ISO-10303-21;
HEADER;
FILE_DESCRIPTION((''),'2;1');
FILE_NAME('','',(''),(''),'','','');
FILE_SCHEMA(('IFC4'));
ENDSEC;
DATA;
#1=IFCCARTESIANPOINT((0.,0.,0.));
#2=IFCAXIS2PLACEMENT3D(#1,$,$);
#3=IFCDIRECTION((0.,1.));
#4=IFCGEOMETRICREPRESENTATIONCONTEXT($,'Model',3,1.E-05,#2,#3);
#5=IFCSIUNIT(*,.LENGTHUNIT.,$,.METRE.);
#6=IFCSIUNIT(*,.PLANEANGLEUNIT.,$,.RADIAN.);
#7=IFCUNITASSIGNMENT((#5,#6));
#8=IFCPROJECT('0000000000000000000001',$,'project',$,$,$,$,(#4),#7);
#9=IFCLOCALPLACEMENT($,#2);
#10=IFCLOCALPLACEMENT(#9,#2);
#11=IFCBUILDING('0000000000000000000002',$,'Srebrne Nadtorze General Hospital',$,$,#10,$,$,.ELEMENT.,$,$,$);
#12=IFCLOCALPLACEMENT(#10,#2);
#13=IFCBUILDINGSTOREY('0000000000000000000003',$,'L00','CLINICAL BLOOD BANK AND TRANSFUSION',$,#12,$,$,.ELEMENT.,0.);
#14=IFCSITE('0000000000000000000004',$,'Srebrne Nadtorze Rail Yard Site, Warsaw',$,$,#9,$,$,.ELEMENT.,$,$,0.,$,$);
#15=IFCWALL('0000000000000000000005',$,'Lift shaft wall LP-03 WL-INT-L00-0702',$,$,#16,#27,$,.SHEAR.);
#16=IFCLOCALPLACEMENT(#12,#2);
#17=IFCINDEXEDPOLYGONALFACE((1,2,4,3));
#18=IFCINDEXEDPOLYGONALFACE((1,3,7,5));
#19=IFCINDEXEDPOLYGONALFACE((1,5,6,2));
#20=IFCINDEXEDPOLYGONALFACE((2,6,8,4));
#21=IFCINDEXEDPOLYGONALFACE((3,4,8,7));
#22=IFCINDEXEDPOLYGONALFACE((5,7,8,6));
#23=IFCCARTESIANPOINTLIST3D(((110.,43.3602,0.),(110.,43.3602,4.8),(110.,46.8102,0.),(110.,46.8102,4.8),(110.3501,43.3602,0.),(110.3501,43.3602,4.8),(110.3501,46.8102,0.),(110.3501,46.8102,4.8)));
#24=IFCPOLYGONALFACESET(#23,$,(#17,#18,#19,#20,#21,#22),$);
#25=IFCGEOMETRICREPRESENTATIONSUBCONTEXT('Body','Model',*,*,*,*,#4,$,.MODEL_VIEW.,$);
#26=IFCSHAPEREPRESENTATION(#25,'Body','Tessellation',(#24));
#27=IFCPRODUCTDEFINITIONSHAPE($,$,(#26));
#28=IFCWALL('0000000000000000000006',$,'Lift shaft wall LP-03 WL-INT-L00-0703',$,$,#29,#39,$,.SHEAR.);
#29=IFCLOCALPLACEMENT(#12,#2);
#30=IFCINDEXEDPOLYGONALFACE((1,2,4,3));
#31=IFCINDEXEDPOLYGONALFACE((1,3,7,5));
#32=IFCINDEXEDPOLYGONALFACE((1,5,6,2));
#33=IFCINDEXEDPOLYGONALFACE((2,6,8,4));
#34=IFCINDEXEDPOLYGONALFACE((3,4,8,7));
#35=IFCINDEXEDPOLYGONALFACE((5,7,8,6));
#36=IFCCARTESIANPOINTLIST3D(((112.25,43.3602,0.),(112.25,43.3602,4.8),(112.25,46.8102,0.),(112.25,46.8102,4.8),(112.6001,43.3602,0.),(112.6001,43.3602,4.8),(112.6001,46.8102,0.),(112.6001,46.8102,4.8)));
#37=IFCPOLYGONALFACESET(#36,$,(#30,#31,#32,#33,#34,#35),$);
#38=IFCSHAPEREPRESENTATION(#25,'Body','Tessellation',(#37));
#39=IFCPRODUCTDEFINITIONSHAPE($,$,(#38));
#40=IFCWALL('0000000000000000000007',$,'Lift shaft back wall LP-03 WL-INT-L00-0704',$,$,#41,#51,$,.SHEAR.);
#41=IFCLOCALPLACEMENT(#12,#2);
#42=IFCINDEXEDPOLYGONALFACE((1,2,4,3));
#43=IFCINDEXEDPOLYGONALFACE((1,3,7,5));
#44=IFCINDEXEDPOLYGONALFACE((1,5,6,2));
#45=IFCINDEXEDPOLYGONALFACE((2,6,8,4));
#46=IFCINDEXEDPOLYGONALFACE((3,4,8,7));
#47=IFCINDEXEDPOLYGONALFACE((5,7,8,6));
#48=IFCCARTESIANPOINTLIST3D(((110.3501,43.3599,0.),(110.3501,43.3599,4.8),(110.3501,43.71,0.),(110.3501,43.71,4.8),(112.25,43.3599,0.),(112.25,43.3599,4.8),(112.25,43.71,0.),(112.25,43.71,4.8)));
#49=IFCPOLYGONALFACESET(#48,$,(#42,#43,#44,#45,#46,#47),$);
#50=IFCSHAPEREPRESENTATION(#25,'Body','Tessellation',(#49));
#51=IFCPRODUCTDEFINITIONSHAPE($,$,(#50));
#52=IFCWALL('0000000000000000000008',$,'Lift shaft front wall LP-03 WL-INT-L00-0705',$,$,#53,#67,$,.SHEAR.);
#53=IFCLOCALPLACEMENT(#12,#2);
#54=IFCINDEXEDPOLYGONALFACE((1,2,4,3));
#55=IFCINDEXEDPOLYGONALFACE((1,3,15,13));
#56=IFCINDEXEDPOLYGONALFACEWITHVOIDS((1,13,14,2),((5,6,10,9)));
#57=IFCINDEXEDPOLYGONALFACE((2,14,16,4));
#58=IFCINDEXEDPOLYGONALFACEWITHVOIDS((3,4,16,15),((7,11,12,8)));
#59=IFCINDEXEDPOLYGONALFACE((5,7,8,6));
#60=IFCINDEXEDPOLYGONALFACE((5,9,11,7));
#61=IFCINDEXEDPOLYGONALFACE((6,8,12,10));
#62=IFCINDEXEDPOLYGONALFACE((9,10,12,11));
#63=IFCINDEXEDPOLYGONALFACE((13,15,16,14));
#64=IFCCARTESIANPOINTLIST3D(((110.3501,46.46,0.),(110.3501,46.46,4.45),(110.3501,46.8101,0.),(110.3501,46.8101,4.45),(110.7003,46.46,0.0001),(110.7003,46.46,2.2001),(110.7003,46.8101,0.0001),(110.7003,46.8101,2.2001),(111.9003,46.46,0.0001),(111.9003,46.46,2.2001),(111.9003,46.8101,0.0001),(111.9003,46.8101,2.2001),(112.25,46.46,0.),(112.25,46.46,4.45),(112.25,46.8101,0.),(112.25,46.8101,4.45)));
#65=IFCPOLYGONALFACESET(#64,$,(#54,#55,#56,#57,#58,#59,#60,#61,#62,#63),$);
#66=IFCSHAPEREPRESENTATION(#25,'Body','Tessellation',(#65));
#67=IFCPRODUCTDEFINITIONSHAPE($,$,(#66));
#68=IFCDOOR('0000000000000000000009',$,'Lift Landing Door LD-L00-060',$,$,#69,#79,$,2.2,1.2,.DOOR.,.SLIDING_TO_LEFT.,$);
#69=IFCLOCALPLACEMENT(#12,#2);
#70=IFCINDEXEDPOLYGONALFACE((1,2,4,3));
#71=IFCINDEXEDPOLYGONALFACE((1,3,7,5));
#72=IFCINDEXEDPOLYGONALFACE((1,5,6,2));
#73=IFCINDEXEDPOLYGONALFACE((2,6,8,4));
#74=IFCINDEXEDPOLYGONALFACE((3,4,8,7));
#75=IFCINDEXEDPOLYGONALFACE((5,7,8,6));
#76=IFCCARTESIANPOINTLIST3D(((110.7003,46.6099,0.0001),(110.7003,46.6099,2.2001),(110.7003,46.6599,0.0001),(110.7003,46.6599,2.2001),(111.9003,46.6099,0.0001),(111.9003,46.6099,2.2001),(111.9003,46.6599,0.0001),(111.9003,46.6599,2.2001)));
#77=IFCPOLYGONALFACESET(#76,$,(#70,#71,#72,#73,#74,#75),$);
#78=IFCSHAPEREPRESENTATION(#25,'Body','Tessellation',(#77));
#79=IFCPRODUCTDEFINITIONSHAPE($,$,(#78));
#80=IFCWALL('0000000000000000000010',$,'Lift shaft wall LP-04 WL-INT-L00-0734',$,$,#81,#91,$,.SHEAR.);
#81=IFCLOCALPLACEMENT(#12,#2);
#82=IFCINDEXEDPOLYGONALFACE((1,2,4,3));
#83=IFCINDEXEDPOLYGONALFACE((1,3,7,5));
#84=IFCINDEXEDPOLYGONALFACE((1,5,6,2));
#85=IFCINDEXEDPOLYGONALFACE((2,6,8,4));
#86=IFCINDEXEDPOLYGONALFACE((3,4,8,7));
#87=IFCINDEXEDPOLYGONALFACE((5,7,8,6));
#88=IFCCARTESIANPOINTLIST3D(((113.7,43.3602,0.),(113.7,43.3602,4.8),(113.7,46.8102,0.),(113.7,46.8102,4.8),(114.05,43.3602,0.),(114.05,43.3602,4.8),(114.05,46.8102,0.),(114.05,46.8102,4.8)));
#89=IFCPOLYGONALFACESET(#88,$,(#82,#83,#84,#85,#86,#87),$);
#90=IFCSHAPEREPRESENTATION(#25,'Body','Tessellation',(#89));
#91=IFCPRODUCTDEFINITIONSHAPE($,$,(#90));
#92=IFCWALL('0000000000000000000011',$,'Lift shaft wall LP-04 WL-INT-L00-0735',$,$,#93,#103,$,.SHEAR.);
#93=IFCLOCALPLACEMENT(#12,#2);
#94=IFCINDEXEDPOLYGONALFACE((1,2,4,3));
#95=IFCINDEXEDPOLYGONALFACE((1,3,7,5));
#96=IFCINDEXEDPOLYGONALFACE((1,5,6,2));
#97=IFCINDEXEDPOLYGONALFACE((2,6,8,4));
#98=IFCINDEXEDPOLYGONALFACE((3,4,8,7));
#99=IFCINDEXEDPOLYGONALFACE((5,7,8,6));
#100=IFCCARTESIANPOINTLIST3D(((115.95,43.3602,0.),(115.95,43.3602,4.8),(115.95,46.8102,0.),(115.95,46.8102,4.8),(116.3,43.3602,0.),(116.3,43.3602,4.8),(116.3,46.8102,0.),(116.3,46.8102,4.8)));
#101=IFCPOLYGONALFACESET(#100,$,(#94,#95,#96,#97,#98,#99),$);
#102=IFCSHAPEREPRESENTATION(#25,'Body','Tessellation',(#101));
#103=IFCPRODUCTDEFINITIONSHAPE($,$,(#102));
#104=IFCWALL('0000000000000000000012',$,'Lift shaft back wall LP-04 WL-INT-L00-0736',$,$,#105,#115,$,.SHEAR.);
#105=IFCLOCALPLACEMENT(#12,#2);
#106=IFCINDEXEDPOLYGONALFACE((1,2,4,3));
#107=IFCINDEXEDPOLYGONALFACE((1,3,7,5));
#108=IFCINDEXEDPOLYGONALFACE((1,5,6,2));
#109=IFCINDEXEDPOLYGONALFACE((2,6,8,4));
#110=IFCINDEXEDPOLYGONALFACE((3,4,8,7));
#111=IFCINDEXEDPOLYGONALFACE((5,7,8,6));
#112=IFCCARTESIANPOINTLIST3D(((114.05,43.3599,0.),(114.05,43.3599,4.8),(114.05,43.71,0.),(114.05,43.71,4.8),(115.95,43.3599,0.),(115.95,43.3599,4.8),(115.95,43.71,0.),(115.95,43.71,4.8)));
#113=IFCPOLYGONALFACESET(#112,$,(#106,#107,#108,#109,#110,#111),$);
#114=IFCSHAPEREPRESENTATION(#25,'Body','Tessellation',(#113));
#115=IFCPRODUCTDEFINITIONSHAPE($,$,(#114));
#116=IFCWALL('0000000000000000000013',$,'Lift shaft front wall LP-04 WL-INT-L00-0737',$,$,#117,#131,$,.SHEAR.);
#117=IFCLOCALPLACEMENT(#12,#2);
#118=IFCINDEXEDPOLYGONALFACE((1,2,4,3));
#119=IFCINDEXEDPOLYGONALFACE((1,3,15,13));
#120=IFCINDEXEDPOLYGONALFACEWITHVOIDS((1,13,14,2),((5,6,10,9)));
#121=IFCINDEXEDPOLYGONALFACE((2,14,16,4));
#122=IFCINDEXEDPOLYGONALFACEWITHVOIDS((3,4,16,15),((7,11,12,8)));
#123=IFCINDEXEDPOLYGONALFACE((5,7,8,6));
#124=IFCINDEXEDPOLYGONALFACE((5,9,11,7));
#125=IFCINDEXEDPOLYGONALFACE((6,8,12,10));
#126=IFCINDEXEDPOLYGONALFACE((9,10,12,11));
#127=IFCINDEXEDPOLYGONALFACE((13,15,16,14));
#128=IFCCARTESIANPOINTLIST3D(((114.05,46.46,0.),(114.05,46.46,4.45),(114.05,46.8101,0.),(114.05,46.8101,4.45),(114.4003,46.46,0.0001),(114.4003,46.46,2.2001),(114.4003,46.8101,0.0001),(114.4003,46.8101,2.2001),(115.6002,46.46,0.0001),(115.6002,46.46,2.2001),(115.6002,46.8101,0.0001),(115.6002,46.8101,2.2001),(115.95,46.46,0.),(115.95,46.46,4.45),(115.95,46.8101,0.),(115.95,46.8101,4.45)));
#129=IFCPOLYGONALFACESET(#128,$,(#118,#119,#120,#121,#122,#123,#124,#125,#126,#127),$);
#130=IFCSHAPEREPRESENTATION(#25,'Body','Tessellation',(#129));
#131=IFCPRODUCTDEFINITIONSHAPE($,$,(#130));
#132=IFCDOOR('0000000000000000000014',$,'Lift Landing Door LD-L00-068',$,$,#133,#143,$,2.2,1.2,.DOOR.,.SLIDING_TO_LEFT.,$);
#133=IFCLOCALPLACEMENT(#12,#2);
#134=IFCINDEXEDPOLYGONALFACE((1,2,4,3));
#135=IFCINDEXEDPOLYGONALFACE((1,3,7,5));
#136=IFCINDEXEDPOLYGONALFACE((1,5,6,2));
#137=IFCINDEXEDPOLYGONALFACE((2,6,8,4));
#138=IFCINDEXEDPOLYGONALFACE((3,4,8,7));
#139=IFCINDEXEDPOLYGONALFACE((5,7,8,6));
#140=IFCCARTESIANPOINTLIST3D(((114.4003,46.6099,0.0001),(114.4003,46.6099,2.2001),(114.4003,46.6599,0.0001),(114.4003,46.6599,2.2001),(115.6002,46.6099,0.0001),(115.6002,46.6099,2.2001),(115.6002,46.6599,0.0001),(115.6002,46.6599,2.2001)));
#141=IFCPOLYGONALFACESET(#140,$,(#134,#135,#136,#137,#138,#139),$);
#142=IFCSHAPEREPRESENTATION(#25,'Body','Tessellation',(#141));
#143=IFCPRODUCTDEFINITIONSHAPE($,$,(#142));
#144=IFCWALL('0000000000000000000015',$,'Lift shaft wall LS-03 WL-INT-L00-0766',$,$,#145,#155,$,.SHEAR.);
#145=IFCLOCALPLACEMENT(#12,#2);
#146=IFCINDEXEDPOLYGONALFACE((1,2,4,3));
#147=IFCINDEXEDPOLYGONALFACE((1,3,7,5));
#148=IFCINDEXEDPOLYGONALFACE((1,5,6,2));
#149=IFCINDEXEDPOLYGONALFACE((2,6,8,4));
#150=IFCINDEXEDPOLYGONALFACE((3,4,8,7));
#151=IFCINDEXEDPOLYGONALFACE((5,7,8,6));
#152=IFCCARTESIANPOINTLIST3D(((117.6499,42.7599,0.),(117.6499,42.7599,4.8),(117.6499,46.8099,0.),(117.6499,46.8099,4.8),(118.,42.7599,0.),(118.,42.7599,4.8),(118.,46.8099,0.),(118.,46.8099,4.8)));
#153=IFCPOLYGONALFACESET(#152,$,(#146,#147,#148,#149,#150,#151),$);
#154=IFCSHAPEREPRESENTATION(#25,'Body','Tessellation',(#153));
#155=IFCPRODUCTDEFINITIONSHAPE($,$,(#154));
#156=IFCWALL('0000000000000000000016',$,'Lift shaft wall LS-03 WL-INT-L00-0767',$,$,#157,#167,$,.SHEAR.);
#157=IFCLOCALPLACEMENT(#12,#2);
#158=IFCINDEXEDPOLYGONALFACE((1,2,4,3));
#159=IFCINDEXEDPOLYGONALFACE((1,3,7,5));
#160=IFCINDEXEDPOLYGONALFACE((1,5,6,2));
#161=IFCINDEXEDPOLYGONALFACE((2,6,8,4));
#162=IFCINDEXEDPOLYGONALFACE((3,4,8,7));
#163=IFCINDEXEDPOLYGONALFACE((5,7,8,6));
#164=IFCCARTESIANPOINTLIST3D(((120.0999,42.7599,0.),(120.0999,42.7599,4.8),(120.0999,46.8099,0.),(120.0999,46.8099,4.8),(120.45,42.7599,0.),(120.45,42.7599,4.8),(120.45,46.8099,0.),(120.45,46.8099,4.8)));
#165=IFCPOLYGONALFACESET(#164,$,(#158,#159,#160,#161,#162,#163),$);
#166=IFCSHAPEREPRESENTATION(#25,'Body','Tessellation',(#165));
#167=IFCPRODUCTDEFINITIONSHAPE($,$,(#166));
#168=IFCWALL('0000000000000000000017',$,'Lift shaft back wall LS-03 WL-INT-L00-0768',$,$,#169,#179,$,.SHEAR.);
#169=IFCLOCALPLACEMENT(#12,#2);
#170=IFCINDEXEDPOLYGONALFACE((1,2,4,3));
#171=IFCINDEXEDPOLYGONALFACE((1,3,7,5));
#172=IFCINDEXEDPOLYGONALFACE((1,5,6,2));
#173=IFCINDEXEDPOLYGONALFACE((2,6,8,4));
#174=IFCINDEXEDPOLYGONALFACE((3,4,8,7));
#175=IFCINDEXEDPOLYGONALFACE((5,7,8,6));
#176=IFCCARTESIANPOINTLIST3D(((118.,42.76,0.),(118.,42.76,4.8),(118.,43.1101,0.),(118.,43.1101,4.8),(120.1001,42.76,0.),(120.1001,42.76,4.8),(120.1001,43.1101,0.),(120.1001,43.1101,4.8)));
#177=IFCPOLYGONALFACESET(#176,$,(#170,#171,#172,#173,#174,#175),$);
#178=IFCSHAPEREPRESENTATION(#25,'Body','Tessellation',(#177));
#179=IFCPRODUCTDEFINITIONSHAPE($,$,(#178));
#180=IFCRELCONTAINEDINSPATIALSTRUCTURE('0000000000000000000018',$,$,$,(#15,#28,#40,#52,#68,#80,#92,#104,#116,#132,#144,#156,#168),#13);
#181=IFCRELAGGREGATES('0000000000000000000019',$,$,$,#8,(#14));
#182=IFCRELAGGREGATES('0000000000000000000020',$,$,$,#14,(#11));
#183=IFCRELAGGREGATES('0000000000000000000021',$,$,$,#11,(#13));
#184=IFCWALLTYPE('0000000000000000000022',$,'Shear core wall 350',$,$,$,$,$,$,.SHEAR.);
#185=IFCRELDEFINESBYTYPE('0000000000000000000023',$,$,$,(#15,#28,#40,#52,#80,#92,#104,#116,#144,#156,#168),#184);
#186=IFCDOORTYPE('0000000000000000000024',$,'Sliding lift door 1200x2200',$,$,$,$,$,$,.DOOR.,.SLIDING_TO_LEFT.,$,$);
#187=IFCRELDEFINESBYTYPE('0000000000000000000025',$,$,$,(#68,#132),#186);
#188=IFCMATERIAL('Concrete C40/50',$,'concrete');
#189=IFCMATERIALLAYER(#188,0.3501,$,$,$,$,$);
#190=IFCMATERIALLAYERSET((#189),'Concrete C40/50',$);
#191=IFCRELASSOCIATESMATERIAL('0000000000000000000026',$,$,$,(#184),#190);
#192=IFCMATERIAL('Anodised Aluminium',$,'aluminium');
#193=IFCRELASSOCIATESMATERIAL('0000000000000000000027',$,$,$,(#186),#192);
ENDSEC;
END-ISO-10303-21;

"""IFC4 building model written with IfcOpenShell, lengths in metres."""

from ifc_helpers import new_model, si_unit, direction, frame, frame_2d, origin, place, context, subcontext, project, spatial, rectangle, extrude, material, layer, layer_set, type_object, element, fill, save


model = new_model("IFC4")

# Units and contexts
model_context = context("Model", 3, precision=1e-05, world=origin(), true_north=direction((0.0, 1.0)))
body_context = subcontext(model_context, "Body", "Model", "MODEL_VIEW")
ifc_project = project(units=[si_unit("LENGTHUNIT", "METRE"), si_unit("PLANEANGLEUNIT", "RADIAN")], contexts=[model_context])

# Site, building, storey
site_placement = place(None, origin())
site = spatial("IfcSite", under=ifc_project, at=site_placement, Name="Srebrne Nadtorze Rail Yard Site, Warsaw", CompositionType="ELEMENT", RefElevation=0.0)
building_placement = place(site_placement, origin())
building = spatial("IfcBuilding", under=site, at=building_placement, Name="Srebrne Nadtorze General Hospital", CompositionType="ELEMENT")
storey_placement = place(building_placement, origin())
storey = spatial("IfcBuildingStorey", under=building, at=storey_placement, Name="L00", Description="CLINICAL BLOOD BANK AND TRANSFUSION", CompositionType="ELEMENT", Elevation=0.0)

# Walls
ifc_material_1 = material(Name="Concrete C40/50", Category="concrete")
ifc_layer_1 = layer(ifc_material_1, 0.3501)
ifc_layer_set_1 = layer_set([ifc_layer_1], Name="Concrete C40/50")
wall_type_1 = type_object("IfcWallType", Name="Shear core wall 350", PredefinedType="SHEAR", material=ifc_layer_set_1)
for number, where, z_axis, x_axis, name in (
    (1, (110.175, 43.3601, 0.0), (0.0, 0.0, 1.0), (0.0, 1.0, 0.0), "Lift shaft wall LP-03 WL-INT-L00-0702"),
    (2, (112.425, 43.3601, 0.0), (0.0, 0.0, 1.0), (0.0, 1.0, 0.0), "Lift shaft wall LP-03 WL-INT-L00-0703"),
):
    element("IfcWall", number, at=place(storey_placement, frame(where, z_axis=z_axis, x_axis=x_axis)), inside=storey, type_object=wall_type_1, Name=name, PredefinedType="SHEAR", context=body_context, shape_type="SweptSolid", body=[
        extrude(rectangle(XDim=3.45, YDim=0.3501, at=frame_2d((1.7251, 0.0))), origin(), (0.0, 0.0, 1.0), 4.8),
    ])
wall_1_placement = place(storey_placement, frame((110.3501, 43.5349, 0.0), z_axis=(0.0, 0.0, 1.0), x_axis=(1.0, 0.0, 0.0)))
element("IfcWall", 3, at=wall_1_placement, inside=storey, type_object=wall_type_1, Name="Lift shaft back wall LP-03 WL-INT-L00-0704", PredefinedType="SHEAR", context=body_context, shape_type="SweptSolid", body=[
    extrude(rectangle(XDim=1.8999, YDim=0.3501, at=frame_2d((0.95, 0.0))), origin(), (0.0, 0.0, 1.0), 4.8),
])

# Wall, opening, door
wall_2_placement = place(storey_placement, frame((110.3501, 46.635, 0.0), z_axis=(0.0, 0.0, 1.0), x_axis=(1.0, 0.0, 0.0)))
wall_2 = element("IfcWall", 4, at=wall_2_placement, inside=storey, type_object=wall_type_1, Name="Lift shaft front wall LP-03 WL-INT-L00-0705", PredefinedType="SHEAR", context=body_context, shape_type="SweptSolid", body=[
    extrude(rectangle(XDim=1.8999, YDim=0.3501, at=frame_2d((0.95, 0.0))), origin(), (0.0, 0.0, 1.0), 4.45),
])
opening_1_placement = place(wall_2_placement, frame((0.3501, 0.0, 0.0)))
opening_1 = element("IfcOpeningElement", 5, at=opening_1_placement, cuts=wall_2, PredefinedType="OPENING", context=body_context, shape_type="SweptSolid", body=[
    extrude(rectangle(XDim=1.2, YDim=2.2, at=frame_2d((0.6001, 1.1001))), frame((0.0, 0.187, 0.0), z_axis=(0.0, -1.0, 0.0), x_axis=(1.0, 0.0, 0.0)), (0.0, 0.0, 1.0), 0.374),
])
ifc_material_2 = material(Name="Anodised Aluminium", Category="aluminium")
door_type_1 = type_object("IfcDoorType", Name="Sliding lift door 1200x2200", OperationType="SLIDING_TO_LEFT", PredefinedType="DOOR", material=ifc_material_2)
door_1_placement = place(opening_1_placement, origin())
door_1 = element("IfcDoor", 6, at=door_1_placement, inside=storey, type_object=door_type_1, Name="Lift Landing Door LD-L00-060", OperationType="SLIDING_TO_LEFT", OverallHeight=2.2, OverallWidth=1.2, PredefinedType="DOOR", context=body_context, shape_type="SweptSolid", body=[
    extrude(rectangle(XDim=1.2, YDim=2.2, at=frame_2d((0.6001, 1.1001))), frame((0.0, 0.0249, 0.0), z_axis=(0.0, -1.0, 0.0), x_axis=(1.0, 0.0, 0.0)), (0.0, 0.0, 1.0), 0.05),
])
fill(opening_1, door_1)

# Walls
for number, where, z_axis, x_axis, name in (
    (7, (113.875, 43.3601, 0.0), (0.0, 0.0, 1.0), (0.0, 1.0, 0.0), "Lift shaft wall LP-04 WL-INT-L00-0734"),
    (8, (116.125, 43.3601, 0.0), (0.0, 0.0, 1.0), (0.0, 1.0, 0.0), "Lift shaft wall LP-04 WL-INT-L00-0735"),
):
    element("IfcWall", number, at=place(storey_placement, frame(where, z_axis=z_axis, x_axis=x_axis)), inside=storey, type_object=wall_type_1, Name=name, PredefinedType="SHEAR", context=body_context, shape_type="SweptSolid", body=[
        extrude(rectangle(XDim=3.45, YDim=0.3501, at=frame_2d((1.7251, 0.0))), origin(), (0.0, 0.0, 1.0), 4.8),
    ])
wall_3_placement = place(storey_placement, frame((114.05, 43.5349, 0.0), z_axis=(0.0, 0.0, 1.0), x_axis=(1.0, 0.0, 0.0)))
element("IfcWall", 9, at=wall_3_placement, inside=storey, type_object=wall_type_1, Name="Lift shaft back wall LP-04 WL-INT-L00-0736", PredefinedType="SHEAR", context=body_context, shape_type="SweptSolid", body=[
    extrude(rectangle(XDim=1.8999, YDim=0.3501, at=frame_2d((0.95, 0.0))), origin(), (0.0, 0.0, 1.0), 4.8),
])

# Wall, opening, door
wall_4_placement = place(storey_placement, frame((114.05, 46.635, 0.0), z_axis=(0.0, 0.0, 1.0), x_axis=(1.0, 0.0, 0.0)))
wall_4 = element("IfcWall", 10, at=wall_4_placement, inside=storey, type_object=wall_type_1, Name="Lift shaft front wall LP-04 WL-INT-L00-0737", PredefinedType="SHEAR", context=body_context, shape_type="SweptSolid", body=[
    extrude(rectangle(XDim=1.8999, YDim=0.3501, at=frame_2d((0.95, 0.0))), origin(), (0.0, 0.0, 1.0), 4.45),
])
opening_2_placement = place(wall_4_placement, frame((0.3501, 0.0, 0.0)))
opening_2 = element("IfcOpeningElement", 11, at=opening_2_placement, cuts=wall_4, PredefinedType="OPENING", context=body_context, shape_type="SweptSolid", body=[
    extrude(rectangle(XDim=1.2, YDim=2.2, at=frame_2d((0.6001, 1.1001))), frame((0.0, 0.187, 0.0), z_axis=(0.0, -1.0, 0.0), x_axis=(1.0, 0.0, 0.0)), (0.0, 0.0, 1.0), 0.374),
])
door_2_placement = place(opening_2_placement, origin())
door_2 = element("IfcDoor", 12, at=door_2_placement, inside=storey, type_object=door_type_1, Name="Lift Landing Door LD-L00-068", OperationType="SLIDING_TO_LEFT", OverallHeight=2.2, OverallWidth=1.2, PredefinedType="DOOR", context=body_context, shape_type="SweptSolid", body=[
    extrude(rectangle(XDim=1.2, YDim=2.2, at=frame_2d((0.6001, 1.1001))), frame((0.0, 0.0249, 0.0), z_axis=(0.0, -1.0, 0.0), x_axis=(1.0, 0.0, 0.0)), (0.0, 0.0, 1.0), 0.05),
])
fill(opening_2, door_2)

# Walls
for number, where, z_axis, x_axis, name in (
    (13, (117.825, 42.76, 0.0), (0.0, 0.0, 1.0), (0.0, 1.0, 0.0), "Lift shaft wall LS-03 WL-INT-L00-0766"),
    (14, (120.2749, 42.76, 0.0), (0.0, 0.0, 1.0), (0.0, 1.0, 0.0), "Lift shaft wall LS-03 WL-INT-L00-0767"),
):
    element("IfcWall", number, at=place(storey_placement, frame(where, z_axis=z_axis, x_axis=x_axis)), inside=storey, type_object=wall_type_1, Name=name, PredefinedType="SHEAR", context=body_context, shape_type="SweptSolid", body=[
        extrude(rectangle(XDim=4.05, YDim=0.3501, at=frame_2d((2.0249, 0.0))), origin(), (0.0, 0.0, 1.0), 4.8),
    ])
wall_5_placement = place(storey_placement, frame((118.0, 42.9351, 0.0), z_axis=(0.0, 0.0, 1.0), x_axis=(1.0, 0.0, 0.0)))
element("IfcWall", 15, at=wall_5_placement, inside=storey, type_object=wall_type_1, Name="Lift shaft back wall LS-03 WL-INT-L00-0768", PredefinedType="SHEAR", context=body_context, shape_type="SweptSolid", body=[
    extrude(rectangle(XDim=2.1001, YDim=0.3501, at=frame_2d((1.05, 0.0))), origin(), (0.0, 0.0, 1.0), 4.8),
])

save(model, "model.ifc")
